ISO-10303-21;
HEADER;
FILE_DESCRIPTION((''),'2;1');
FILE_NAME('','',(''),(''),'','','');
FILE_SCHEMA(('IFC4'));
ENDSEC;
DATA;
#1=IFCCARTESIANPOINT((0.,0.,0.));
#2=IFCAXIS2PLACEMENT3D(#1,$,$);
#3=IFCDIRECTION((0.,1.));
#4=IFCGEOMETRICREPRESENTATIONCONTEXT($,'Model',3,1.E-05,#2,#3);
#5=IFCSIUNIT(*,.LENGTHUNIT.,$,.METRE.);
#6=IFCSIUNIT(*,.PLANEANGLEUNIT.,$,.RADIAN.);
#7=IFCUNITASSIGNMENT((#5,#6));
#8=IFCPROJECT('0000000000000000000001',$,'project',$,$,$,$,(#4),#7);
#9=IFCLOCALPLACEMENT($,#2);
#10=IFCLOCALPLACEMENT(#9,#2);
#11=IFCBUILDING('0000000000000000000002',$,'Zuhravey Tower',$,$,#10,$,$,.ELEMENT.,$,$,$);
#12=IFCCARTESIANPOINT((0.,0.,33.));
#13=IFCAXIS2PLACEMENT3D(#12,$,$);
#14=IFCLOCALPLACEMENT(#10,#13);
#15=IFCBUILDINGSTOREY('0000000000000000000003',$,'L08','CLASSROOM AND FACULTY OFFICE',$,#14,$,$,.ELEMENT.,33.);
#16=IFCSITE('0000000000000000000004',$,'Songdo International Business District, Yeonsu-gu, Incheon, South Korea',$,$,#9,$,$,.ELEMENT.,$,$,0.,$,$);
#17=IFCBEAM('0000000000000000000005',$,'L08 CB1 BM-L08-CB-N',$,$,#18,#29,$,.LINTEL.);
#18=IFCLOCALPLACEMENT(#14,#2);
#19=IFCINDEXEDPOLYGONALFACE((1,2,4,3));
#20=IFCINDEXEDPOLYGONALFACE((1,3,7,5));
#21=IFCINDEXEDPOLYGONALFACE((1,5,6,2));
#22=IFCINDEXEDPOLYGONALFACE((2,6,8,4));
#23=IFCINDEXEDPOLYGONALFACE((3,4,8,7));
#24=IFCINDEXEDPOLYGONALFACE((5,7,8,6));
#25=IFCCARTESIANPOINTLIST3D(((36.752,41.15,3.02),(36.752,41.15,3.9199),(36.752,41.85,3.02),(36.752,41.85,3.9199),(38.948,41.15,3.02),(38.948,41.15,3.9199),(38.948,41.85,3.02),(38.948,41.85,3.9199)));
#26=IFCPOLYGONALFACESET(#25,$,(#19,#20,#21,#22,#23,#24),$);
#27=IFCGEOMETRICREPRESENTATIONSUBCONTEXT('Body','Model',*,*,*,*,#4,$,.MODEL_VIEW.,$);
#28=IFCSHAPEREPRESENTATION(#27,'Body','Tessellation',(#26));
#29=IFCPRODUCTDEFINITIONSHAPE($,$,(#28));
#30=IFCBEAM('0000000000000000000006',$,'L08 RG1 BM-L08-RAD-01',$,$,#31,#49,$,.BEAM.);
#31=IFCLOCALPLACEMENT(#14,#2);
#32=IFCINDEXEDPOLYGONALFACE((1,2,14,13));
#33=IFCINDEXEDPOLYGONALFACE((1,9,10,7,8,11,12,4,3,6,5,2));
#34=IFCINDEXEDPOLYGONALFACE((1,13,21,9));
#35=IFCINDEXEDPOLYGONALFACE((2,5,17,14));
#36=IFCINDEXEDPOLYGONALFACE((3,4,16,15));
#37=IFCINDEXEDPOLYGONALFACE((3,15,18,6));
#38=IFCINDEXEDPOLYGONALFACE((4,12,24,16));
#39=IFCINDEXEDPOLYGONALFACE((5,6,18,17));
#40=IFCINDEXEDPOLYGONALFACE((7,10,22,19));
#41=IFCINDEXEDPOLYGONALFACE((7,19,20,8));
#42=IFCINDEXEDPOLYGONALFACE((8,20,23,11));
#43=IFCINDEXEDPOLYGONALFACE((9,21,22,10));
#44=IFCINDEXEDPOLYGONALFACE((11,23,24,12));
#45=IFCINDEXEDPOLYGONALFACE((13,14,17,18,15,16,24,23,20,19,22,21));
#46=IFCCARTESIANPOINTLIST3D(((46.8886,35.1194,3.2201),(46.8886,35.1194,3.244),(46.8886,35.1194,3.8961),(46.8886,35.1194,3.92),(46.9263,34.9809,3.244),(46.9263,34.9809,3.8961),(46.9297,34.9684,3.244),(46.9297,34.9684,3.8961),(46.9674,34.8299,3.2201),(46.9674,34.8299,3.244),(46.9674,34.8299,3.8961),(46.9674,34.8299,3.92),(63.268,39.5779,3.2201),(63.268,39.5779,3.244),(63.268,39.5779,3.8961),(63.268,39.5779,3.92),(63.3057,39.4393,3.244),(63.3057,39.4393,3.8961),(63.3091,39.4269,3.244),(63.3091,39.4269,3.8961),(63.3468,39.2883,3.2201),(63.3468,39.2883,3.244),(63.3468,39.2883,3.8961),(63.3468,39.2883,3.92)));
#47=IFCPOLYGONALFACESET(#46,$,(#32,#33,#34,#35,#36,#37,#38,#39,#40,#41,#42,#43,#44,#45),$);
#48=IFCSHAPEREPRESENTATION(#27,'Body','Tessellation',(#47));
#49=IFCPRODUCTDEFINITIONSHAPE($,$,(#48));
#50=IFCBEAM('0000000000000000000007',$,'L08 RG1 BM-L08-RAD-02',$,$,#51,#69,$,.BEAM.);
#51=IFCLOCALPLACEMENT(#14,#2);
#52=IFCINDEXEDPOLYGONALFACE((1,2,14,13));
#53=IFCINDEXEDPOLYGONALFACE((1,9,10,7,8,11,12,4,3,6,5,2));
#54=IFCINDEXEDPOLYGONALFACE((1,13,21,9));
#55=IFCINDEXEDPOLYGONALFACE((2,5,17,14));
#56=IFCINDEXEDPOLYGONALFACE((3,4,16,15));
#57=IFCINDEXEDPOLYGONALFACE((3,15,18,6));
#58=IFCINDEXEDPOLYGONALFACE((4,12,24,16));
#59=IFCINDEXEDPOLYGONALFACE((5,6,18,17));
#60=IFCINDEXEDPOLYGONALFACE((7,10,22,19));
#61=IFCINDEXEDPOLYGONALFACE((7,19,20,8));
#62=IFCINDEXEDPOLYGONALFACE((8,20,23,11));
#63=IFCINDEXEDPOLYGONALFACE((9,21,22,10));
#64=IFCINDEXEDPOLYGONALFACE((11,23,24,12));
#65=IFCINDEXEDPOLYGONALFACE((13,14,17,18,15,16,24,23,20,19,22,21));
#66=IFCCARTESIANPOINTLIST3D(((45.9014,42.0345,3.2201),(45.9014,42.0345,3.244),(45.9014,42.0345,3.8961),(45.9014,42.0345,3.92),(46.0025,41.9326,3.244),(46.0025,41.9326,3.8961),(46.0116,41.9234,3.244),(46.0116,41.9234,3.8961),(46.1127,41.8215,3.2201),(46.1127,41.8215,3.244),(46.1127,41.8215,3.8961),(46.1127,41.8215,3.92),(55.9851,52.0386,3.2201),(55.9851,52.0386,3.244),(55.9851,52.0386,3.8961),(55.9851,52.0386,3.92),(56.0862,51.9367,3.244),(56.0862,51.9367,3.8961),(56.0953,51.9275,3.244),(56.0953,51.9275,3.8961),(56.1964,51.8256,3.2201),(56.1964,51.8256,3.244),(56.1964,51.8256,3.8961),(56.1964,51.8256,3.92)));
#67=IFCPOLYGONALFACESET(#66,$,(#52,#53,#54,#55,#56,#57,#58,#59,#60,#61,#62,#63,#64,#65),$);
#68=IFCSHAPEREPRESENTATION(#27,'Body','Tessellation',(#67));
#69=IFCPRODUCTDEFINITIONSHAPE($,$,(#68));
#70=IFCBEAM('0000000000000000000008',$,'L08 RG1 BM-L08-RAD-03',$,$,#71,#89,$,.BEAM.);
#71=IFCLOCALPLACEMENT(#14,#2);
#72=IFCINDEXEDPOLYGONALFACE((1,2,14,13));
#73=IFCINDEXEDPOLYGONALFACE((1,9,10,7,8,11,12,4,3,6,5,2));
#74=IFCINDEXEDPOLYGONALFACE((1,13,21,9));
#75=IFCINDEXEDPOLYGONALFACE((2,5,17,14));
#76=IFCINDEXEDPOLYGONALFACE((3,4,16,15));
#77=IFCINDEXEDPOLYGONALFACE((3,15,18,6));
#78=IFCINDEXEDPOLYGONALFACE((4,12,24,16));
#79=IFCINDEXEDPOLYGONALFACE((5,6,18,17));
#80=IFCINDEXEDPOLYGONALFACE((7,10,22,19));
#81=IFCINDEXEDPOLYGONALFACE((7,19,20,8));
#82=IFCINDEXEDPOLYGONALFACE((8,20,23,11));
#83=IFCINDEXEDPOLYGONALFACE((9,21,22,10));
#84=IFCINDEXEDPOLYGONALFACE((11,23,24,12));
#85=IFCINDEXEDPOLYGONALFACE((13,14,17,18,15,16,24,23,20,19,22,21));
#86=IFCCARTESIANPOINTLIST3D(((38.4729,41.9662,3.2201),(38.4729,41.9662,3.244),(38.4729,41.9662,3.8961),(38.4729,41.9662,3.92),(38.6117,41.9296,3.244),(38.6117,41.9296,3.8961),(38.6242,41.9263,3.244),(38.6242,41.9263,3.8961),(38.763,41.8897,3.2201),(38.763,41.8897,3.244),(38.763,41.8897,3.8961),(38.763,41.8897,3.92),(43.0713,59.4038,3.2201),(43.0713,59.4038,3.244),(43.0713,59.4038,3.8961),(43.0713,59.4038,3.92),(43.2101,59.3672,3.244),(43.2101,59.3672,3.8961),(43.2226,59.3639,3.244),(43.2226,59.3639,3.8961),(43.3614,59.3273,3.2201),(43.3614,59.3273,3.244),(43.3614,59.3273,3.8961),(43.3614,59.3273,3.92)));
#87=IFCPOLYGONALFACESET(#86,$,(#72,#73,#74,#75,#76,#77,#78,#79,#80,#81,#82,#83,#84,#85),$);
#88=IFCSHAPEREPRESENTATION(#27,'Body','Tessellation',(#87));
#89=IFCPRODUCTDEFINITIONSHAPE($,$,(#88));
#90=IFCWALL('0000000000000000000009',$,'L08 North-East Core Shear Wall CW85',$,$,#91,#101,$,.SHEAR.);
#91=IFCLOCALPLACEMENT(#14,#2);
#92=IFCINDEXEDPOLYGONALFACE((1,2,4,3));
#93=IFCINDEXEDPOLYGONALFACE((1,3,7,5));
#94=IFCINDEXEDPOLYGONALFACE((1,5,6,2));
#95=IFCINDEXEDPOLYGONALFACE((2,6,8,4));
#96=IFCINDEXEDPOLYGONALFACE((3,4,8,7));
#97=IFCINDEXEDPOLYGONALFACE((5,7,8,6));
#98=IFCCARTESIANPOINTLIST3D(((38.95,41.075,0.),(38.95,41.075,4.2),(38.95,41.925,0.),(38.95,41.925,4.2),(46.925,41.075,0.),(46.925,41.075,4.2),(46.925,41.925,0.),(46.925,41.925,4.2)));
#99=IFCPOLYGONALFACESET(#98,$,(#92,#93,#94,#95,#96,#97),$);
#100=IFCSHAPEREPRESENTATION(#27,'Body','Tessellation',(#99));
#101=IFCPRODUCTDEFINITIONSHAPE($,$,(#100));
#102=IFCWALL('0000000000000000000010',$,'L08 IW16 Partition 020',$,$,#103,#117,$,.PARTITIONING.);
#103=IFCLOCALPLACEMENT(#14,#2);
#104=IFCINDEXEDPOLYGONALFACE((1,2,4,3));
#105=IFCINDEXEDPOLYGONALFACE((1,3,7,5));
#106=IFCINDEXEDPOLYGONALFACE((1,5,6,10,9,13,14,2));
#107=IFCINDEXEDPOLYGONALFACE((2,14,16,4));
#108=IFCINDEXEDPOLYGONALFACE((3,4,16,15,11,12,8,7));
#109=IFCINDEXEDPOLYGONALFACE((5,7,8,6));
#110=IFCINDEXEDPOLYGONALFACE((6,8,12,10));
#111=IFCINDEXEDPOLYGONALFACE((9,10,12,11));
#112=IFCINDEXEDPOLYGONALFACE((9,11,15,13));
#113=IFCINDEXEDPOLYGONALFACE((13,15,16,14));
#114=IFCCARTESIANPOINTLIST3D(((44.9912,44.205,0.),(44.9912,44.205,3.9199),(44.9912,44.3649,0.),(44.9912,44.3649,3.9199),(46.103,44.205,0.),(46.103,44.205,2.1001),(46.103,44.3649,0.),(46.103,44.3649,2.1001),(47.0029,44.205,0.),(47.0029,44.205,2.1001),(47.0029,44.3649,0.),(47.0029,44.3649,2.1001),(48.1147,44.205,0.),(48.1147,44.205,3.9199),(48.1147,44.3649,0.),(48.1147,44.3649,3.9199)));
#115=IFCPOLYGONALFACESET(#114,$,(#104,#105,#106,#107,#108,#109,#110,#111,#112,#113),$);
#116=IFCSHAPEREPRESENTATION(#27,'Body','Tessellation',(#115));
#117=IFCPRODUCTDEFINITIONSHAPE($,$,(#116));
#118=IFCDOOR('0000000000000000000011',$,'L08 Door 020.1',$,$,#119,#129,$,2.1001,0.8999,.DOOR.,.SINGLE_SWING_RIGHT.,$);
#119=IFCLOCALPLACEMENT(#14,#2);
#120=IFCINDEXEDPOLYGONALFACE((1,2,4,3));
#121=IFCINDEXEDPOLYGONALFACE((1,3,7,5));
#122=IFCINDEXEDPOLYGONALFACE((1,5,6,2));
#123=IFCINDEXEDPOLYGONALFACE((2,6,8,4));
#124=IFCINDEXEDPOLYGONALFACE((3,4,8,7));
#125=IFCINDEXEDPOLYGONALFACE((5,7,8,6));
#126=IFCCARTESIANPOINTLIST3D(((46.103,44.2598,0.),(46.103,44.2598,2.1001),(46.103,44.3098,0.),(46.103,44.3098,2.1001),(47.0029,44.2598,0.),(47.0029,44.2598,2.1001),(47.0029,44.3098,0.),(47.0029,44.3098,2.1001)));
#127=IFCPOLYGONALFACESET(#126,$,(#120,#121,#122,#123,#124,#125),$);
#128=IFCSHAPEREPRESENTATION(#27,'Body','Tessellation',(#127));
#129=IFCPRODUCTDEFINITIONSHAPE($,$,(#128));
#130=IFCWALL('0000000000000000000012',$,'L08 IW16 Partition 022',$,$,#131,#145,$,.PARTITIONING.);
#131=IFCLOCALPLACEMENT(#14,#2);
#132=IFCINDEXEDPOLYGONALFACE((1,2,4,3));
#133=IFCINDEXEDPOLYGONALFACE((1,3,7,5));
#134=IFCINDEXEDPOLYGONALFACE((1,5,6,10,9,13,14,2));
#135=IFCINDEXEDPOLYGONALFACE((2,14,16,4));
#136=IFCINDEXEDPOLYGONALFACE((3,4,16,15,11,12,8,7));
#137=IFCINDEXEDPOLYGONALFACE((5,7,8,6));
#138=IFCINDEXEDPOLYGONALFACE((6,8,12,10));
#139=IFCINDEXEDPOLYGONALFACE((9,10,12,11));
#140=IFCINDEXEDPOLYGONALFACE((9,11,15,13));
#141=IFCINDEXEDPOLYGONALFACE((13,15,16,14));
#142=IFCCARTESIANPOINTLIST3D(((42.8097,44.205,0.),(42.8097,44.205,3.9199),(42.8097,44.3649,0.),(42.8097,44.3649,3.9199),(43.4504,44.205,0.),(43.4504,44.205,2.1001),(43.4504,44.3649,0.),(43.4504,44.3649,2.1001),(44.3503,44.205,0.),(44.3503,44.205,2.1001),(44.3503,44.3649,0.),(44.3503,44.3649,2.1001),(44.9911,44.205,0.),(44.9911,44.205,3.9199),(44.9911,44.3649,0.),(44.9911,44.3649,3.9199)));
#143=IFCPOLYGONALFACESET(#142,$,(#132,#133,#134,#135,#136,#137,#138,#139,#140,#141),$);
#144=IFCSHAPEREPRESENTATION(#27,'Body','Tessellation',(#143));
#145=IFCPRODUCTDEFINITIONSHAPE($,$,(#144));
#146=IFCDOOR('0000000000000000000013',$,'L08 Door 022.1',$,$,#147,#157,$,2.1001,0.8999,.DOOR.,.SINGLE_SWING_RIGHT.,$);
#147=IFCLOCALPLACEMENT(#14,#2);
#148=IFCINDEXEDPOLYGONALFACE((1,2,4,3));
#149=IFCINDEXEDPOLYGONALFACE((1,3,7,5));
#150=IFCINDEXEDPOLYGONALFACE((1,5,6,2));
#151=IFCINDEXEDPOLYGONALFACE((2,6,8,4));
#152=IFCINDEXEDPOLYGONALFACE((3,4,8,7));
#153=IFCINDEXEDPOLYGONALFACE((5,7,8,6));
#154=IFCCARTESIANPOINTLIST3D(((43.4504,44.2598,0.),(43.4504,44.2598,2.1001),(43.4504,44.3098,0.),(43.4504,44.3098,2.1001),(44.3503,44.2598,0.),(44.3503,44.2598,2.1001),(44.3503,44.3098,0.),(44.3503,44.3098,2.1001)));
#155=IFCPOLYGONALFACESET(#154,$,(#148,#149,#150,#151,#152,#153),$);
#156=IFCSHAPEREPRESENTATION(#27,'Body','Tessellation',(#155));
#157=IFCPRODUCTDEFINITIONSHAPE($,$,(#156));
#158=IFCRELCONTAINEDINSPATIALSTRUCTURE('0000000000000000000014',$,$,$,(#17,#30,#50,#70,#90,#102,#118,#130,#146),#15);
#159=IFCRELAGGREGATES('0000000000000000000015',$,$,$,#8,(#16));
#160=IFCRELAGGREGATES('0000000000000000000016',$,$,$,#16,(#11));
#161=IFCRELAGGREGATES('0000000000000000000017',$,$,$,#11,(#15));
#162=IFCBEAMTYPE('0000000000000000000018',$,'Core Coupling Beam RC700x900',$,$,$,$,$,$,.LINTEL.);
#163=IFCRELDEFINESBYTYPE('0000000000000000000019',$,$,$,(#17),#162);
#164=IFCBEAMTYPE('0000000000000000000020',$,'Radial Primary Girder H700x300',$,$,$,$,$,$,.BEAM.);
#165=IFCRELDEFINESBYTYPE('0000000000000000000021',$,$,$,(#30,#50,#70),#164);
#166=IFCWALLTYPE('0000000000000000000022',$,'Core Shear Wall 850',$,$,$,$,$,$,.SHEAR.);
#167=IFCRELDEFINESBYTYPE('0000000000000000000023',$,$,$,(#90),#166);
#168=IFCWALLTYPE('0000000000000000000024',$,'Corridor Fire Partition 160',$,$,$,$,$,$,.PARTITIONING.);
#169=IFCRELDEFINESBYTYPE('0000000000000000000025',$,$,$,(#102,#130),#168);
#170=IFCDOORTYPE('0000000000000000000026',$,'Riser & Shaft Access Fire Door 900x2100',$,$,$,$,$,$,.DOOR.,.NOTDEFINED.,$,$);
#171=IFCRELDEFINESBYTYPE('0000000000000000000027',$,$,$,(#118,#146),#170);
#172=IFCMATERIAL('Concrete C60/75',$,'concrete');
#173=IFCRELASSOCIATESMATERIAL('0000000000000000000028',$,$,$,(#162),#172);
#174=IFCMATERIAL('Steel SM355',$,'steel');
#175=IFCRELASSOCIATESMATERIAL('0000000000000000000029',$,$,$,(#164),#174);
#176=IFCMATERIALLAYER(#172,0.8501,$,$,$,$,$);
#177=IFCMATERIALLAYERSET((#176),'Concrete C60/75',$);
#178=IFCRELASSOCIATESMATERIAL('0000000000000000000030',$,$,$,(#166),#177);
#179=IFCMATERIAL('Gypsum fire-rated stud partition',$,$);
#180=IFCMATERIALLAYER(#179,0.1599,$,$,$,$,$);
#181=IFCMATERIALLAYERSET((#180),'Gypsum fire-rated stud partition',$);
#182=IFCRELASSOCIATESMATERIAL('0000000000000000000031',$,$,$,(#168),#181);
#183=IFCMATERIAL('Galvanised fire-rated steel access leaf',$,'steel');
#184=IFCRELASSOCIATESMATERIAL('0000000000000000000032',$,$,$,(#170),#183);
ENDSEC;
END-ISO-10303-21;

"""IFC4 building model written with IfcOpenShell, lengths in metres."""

from ifc_helpers import new_model, si_unit, direction, frame, frame_2d, origin, origin_2d, place, context, subcontext, project, spatial, rectangle, i_section, extrude, material, layer, layer_set, material_profile, profile_set, type_object, element, fill, save


model = new_model("IFC4")

# Units and contexts
model_context = context("Model", 3, precision=1e-05, world=origin(), true_north=direction((0.0, 1.0)))
body_context = subcontext(model_context, "Body", "Model", "MODEL_VIEW")
ifc_project = project(units=[si_unit("LENGTHUNIT", "METRE"), si_unit("PLANEANGLEUNIT", "RADIAN")], contexts=[model_context])

# Site, building, storey
site_placement = place(None, origin())
site = spatial("IfcSite", under=ifc_project, at=site_placement, Name="Songdo International Business District, Yeonsu-gu, Incheon, South Korea", CompositionType="ELEMENT", RefElevation=0.0)
building_placement = place(site_placement, origin())
building = spatial("IfcBuilding", under=site, at=building_placement, Name="Zuhravey Tower", CompositionType="ELEMENT")
storey_placement = place(building_placement, frame((0.0, 0.0, 33.0)))
storey = spatial("IfcBuildingStorey", under=building, at=storey_placement, Name="L08", Description="CLASSROOM AND FACULTY OFFICE", CompositionType="ELEMENT", Elevation=33.0)

# Beams
ifc_material_1 = material(Name="Concrete C60/75", Category="concrete")
ifc_material_profile_1 = material_profile(ifc_material_1, rectangle(XDim=0.7, YDim=0.8999, at=origin_2d()), Name="RC-700x900")
ifc_profile_set_1 = profile_set([ifc_material_profile_1], Name="Concrete C60/75")
beam_type_1 = type_object("IfcBeamType", Name="Core Coupling Beam RC700x900", PredefinedType="LINTEL", material=ifc_profile_set_1)
beam_1_placement = place(storey_placement, frame((36.752, 41.5, 3.47), z_axis=(1.0, 0.0, 0.0), x_axis=(0.0, 1.0, 0.0)))
element("IfcBeam", 1, at=beam_1_placement, inside=storey, type_object=beam_type_1, Name="L08 CB1 BM-L08-CB-N", PredefinedType="LINTEL", context=body_context, shape_type="SweptSolid", body=[
    extrude(rectangle(XDim=0.7, YDim=0.8999, at=origin_2d()), origin(), (0.0, 0.0, 1.0), 2.196),
])
ifc_material_2 = material(Name="Steel SM355", Category="steel")
ifc_material_profile_2 = material_profile(ifc_material_2, i_section(OverallWidth=0.3, OverallDepth=0.7, WebThickness=0.0129, FlangeThickness=0.0239, at=origin_2d()), Name="H-700x300x13x24")
ifc_profile_set_2 = profile_set([ifc_material_profile_2], Name="Steel SM355")
beam_type_2 = type_object("IfcBeamType", Name="Radial Primary Girder H700x300", PredefinedType="BEAM", material=ifc_profile_set_2)
beam_2_placement = place(storey_placement, frame((46.928, 34.9746, 3.5701), z_axis=(0.964892, 0.262645, 0.0), x_axis=(-0.262645, 0.964892, 0.0)))
element("IfcBeam", 2, at=beam_2_placement, inside=storey, type_object=beam_type_2, Name="L08 RG1 BM-L08-RAD-01", PredefinedType="BEAM", context=body_context, shape_type="SweptSolid", body=[
    extrude(i_section(OverallWidth=0.3, OverallDepth=0.7, WebThickness=0.0129, FlangeThickness=0.0239, at=origin_2d()), origin(), (0.0, 0.0, 1.0), 16.9753),
])
beam_3_placement = place(storey_placement, frame((46.0071, 41.928, 3.5701), z_axis=(0.709903, 0.7043, 0.0), x_axis=(-0.7043, 0.709903, 0.0)))
element("IfcBeam", 3, at=beam_3_placement, inside=storey, type_object=beam_type_2, Name="L08 RG1 BM-L08-RAD-02", PredefinedType="BEAM", context=body_context, shape_type="SweptSolid", body=[
    extrude(i_section(OverallWidth=0.3, OverallDepth=0.7, WebThickness=0.0129, FlangeThickness=0.0239, at=origin_2d()), origin(), (0.0, 0.0, 1.0), 14.2043),
])
beam_4_placement = place(storey_placement, frame((38.6179, 41.928, 3.5701), z_axis=(0.25499, 0.966944, 0.0), x_axis=(-0.966944, 0.25499, 0.0)))
element("IfcBeam", 4, at=beam_4_placement, inside=storey, type_object=beam_type_2, Name="L08 RG1 BM-L08-RAD-03", PredefinedType="BEAM", context=body_context, shape_type="SweptSolid", body=[
    extrude(i_section(OverallWidth=0.3, OverallDepth=0.7, WebThickness=0.0129, FlangeThickness=0.0239, at=origin_2d()), origin(), (0.0, 0.0, 1.0), 18.0337),
])

# Wall
ifc_layer_1 = layer(ifc_material_1, 0.8501)
ifc_layer_set_1 = layer_set([ifc_layer_1], Name="Concrete C60/75")
wall_type_1 = type_object("IfcWallType", Name="Core Shear Wall 850", PredefinedType="SHEAR", material=ifc_layer_set_1)
wall_1_placement = place(storey_placement, frame((46.925, 41.5, 0.0), z_axis=(0.0, 0.0, 1.0), x_axis=(-1.0, 0.0, 0.0)))
element("IfcWall", 5, at=wall_1_placement, inside=storey, type_object=wall_type_1, Name="L08 North-East Core Shear Wall CW85", PredefinedType="SHEAR", context=body_context, shape_type="SweptSolid", body=[
    extrude(rectangle(XDim=7.9751, YDim=0.8501, at=frame_2d((3.9875, 0.0))), origin(), (0.0, 0.0, 1.0), 4.2),
])

# Walls, openings, doors
ifc_material_3 = material(Name="Gypsum fire-rated stud partition")
ifc_layer_2 = layer(ifc_material_3, 0.1599)
ifc_layer_set_2 = layer_set([ifc_layer_2], Name="Gypsum fire-rated stud partition")
wall_type_2 = type_object("IfcWallType", Name="Corridor Fire Partition 160", PredefinedType="PARTITIONING", material=ifc_layer_set_2)
wall_2_placement = place(storey_placement, frame((48.1147, 44.2849, 0.0), z_axis=(0.0, 0.0, 1.0), x_axis=(-1.0, 0.0, 0.0)))
wall_2 = element("IfcWall", 6, at=wall_2_placement, inside=storey, type_object=wall_type_2, Name="L08 IW16 Partition 020", PredefinedType="PARTITIONING", context=body_context, shape_type="SweptSolid", body=[
    extrude(rectangle(XDim=3.1235, YDim=0.1599, at=frame_2d((1.5618, 0.0))), origin(), (0.0, 0.0, 1.0), 3.9199),
])
opening_1_placement = place(wall_2_placement, frame((1.1118, 0.0, 0.0)))
opening_1 = element("IfcOpeningElement", 7, at=opening_1_placement, cuts=wall_2, PredefinedType="OPENING", context=body_context, shape_type="SweptSolid", body=[
    extrude(rectangle(XDim=0.8999, YDim=2.1001, at=frame_2d((0.45, 1.05))), frame((0.0, 0.092, 0.0), z_axis=(0.0, -1.0, 0.0), x_axis=(1.0, 0.0, 0.0)), (0.0, 0.0, 1.0), 0.1838),
])
ifc_material_4 = material(Name="Galvanised fire-rated steel access leaf", Category="steel")
door_type_1 = type_object("IfcDoorType", Name="Riser & Shaft Access Fire Door 900x2100", OperationType="NOTDEFINED", PredefinedType="DOOR", material=ifc_material_4)
door_1_placement = place(opening_1_placement, frame((0.8999, 0.0, 0.0), z_axis=(0.0, 0.0, 1.0), x_axis=(-1.0, 0.0, 0.0)))
door_1 = element("IfcDoor", 8, at=door_1_placement, inside=storey, type_object=door_type_1, Name="L08 Door 020.1", OperationType="SINGLE_SWING_RIGHT", OverallHeight=2.1001, OverallWidth=0.8999, PredefinedType="DOOR", context=body_context, shape_type="SweptSolid", body=[
    extrude(rectangle(XDim=0.8999, YDim=2.1001, at=frame_2d((0.45, 1.05))), frame((0.0, 0.0249, 0.0), z_axis=(0.0, -1.0, 0.0), x_axis=(1.0, 0.0, 0.0)), (0.0, 0.0, 1.0), 0.05),
])
fill(opening_1, door_1)
wall_3_placement = place(storey_placement, frame((44.9912, 44.2849, 0.0), z_axis=(0.0, 0.0, 1.0), x_axis=(-1.0, 0.0, 0.0)))
wall_3 = element("IfcWall", 9, at=wall_3_placement, inside=storey, type_object=wall_type_2, Name="L08 IW16 Partition 022", PredefinedType="PARTITIONING", context=body_context, shape_type="SweptSolid", body=[
    extrude(rectangle(XDim=2.1814, YDim=0.1599, at=frame_2d((1.0908, 0.0))), origin(), (0.0, 0.0, 1.0), 3.9199),
])
opening_2_placement = place(wall_3_placement, frame((0.6409, 0.0, 0.0)))
opening_2 = element("IfcOpeningElement", 10, at=opening_2_placement, cuts=wall_3, PredefinedType="OPENING", context=body_context, shape_type="SweptSolid", body=[
    extrude(rectangle(XDim=0.8999, YDim=2.1001, at=frame_2d((0.45, 1.05))), frame((0.0, 0.092, 0.0), z_axis=(0.0, -1.0, 0.0), x_axis=(1.0, 0.0, 0.0)), (0.0, 0.0, 1.0), 0.1838),
])
door_2_placement = place(opening_2_placement, frame((0.8999, 0.0, 0.0), z_axis=(0.0, 0.0, 1.0), x_axis=(-1.0, 0.0, 0.0)))
door_2 = element("IfcDoor", 11, at=door_2_placement, inside=storey, type_object=door_type_1, Name="L08 Door 022.1", OperationType="SINGLE_SWING_RIGHT", OverallHeight=2.1001, OverallWidth=0.8999, PredefinedType="DOOR", context=body_context, shape_type="SweptSolid", body=[
    extrude(rectangle(XDim=0.8999, YDim=2.1001, at=frame_2d((0.45, 1.05))), frame((0.0, 0.0249, 0.0), z_axis=(0.0, -1.0, 0.0), x_axis=(1.0, 0.0, 0.0)), (0.0, 0.0, 1.0), 0.05),
])
fill(opening_2, door_2)

save(model, "model.ifc")
